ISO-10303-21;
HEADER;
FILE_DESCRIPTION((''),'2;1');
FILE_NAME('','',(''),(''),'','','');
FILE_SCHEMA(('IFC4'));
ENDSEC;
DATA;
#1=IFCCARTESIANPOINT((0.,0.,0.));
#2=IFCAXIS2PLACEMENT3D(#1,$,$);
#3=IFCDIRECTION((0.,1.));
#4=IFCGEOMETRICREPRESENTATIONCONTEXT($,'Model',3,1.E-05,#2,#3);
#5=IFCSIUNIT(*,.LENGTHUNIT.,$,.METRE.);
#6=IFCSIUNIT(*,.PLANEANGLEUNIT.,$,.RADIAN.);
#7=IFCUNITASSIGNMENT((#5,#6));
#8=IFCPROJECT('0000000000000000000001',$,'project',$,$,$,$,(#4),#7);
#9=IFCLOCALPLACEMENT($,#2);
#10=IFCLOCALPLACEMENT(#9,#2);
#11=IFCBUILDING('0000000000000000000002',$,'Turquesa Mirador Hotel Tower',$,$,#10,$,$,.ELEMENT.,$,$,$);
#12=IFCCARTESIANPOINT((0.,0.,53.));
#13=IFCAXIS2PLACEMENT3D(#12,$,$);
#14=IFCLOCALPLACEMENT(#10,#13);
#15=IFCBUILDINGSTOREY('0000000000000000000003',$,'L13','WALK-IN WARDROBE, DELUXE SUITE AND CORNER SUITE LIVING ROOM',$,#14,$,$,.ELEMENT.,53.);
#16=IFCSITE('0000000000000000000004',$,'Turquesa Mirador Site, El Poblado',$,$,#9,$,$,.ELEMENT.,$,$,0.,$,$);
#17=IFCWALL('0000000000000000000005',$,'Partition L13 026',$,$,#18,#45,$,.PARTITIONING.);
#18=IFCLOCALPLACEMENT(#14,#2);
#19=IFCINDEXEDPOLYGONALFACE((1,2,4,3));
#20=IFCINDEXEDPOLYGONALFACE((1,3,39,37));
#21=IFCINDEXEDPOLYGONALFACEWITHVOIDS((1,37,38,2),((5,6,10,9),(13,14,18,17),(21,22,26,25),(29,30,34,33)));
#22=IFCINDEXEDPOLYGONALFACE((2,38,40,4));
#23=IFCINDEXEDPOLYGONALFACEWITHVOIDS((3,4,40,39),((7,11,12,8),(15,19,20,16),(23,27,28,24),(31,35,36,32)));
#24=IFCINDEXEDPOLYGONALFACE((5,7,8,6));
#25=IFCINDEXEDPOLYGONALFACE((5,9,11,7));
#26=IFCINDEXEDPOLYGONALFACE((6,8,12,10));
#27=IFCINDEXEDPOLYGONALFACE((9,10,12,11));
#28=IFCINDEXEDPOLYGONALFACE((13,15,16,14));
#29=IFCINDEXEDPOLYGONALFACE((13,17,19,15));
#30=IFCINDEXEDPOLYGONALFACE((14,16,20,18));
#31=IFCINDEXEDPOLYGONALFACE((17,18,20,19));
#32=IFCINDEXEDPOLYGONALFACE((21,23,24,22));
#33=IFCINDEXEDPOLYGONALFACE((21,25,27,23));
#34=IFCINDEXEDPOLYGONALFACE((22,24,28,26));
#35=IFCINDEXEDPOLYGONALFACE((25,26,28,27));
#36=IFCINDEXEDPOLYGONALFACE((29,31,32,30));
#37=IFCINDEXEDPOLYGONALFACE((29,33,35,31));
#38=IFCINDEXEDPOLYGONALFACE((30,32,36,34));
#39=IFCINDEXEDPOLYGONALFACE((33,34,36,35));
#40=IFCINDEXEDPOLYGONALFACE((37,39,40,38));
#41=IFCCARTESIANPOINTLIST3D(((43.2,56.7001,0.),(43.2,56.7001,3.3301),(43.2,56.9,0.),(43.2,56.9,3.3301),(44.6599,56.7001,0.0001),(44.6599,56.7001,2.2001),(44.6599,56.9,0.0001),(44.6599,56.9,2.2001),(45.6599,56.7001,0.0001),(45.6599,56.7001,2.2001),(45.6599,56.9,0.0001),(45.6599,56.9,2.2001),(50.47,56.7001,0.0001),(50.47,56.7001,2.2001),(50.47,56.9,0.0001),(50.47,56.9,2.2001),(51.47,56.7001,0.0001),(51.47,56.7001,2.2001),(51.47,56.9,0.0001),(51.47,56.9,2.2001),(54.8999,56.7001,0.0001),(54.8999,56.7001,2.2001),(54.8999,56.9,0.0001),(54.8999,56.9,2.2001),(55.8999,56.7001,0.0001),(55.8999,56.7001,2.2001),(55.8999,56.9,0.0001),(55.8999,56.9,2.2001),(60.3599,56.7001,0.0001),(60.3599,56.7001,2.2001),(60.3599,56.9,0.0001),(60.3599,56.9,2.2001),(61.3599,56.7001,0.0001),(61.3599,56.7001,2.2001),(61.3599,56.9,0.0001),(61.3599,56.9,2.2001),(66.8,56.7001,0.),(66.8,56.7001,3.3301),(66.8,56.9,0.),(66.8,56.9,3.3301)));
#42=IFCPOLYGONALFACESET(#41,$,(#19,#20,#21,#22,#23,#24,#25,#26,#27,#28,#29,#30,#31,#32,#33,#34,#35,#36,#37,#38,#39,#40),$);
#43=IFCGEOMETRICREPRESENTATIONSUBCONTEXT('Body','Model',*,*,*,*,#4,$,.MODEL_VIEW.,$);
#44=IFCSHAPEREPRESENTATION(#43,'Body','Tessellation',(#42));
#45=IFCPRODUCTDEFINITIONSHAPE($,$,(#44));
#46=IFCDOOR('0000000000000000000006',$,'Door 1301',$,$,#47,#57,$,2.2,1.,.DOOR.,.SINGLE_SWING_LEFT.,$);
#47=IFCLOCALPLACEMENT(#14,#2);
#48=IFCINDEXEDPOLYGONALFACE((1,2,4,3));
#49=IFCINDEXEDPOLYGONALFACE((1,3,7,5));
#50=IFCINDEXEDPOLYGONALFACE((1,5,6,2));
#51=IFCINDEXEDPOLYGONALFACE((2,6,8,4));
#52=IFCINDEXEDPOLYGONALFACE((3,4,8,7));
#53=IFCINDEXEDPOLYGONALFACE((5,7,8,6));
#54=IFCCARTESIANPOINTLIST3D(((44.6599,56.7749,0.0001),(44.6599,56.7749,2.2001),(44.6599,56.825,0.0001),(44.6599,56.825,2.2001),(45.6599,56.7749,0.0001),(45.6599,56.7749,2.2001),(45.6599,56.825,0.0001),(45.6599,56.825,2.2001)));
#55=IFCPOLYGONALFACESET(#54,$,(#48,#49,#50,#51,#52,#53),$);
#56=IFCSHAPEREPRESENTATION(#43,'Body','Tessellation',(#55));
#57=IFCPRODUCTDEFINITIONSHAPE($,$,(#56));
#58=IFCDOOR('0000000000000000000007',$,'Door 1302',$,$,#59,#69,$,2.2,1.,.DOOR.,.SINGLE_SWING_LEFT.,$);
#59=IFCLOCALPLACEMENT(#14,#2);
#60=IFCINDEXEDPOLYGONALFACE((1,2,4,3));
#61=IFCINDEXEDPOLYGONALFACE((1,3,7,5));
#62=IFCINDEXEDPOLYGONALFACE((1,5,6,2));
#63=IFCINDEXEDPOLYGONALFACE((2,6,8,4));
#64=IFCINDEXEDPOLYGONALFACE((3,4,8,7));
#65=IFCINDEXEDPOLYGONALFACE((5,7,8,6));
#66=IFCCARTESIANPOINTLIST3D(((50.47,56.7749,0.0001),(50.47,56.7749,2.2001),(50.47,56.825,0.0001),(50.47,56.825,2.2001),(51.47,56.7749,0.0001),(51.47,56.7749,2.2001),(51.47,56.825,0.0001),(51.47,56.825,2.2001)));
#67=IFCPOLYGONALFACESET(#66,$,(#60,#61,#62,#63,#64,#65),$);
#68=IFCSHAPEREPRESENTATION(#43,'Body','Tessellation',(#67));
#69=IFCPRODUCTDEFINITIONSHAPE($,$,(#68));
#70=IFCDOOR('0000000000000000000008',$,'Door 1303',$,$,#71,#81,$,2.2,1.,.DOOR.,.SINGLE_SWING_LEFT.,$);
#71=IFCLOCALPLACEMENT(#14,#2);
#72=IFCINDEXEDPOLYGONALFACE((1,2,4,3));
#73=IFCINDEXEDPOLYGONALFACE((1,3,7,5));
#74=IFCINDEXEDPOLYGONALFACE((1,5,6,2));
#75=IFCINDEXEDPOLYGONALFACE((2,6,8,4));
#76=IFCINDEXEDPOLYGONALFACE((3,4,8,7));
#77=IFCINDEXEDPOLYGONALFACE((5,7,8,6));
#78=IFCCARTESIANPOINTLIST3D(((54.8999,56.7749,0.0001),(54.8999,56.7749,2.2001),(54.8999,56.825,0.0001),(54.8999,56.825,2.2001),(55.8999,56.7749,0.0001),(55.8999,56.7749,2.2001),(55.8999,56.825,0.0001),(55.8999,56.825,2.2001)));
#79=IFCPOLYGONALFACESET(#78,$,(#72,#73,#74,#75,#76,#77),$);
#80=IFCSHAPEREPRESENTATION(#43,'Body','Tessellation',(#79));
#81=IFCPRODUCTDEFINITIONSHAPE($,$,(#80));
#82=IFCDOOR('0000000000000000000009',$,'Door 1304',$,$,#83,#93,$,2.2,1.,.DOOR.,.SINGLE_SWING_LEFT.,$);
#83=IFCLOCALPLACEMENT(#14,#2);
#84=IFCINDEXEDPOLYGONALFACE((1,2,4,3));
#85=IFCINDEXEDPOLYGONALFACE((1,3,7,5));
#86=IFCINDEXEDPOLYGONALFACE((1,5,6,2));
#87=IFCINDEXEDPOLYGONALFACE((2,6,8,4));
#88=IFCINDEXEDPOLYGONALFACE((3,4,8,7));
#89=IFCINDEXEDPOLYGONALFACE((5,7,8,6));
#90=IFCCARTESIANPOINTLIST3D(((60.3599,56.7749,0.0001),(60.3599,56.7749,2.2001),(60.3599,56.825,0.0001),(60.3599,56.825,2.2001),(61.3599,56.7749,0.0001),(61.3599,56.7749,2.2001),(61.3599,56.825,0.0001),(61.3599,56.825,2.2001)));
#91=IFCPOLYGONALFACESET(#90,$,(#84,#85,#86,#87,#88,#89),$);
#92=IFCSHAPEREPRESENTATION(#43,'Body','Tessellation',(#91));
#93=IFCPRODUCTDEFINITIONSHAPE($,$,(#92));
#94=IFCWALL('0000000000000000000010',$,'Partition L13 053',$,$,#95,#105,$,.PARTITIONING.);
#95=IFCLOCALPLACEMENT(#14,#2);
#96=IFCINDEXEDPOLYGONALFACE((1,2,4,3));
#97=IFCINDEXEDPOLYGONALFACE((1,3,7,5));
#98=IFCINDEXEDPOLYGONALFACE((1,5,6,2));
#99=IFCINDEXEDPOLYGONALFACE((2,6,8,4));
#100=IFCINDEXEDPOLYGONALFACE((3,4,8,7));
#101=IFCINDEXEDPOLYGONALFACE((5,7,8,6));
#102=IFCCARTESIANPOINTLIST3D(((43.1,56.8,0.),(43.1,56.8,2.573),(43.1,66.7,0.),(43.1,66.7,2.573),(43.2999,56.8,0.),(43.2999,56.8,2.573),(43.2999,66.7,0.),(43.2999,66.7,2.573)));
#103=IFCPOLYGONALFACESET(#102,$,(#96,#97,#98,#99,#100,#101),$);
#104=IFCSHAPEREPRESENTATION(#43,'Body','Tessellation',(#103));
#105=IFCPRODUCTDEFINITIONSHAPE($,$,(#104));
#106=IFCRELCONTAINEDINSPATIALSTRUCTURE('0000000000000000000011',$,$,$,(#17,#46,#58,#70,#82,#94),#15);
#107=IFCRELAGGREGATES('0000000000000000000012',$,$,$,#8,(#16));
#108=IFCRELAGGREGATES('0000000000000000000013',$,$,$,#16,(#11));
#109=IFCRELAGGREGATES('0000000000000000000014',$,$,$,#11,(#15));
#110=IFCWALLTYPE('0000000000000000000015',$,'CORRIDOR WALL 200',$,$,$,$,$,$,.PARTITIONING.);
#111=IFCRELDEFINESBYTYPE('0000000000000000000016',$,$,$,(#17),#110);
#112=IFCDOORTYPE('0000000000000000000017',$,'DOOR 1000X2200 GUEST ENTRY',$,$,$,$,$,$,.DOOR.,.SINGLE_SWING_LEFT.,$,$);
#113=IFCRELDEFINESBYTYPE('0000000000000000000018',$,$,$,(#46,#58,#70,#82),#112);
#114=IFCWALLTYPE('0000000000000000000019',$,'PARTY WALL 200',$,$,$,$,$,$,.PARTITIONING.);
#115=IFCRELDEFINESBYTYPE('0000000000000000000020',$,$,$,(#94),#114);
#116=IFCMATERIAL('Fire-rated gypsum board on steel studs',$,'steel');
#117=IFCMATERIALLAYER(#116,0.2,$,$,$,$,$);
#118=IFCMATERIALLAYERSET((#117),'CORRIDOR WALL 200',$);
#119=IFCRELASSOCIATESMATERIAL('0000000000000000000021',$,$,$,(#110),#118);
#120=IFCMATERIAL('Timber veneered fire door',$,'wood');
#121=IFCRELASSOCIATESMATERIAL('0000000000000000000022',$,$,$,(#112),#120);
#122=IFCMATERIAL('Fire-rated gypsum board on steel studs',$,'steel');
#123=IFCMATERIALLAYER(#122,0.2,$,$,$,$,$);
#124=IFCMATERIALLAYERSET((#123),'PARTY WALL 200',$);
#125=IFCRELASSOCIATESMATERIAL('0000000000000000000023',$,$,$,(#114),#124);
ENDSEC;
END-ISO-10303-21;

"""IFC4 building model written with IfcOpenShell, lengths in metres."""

from ifc_helpers import new_model, si_unit, direction, frame, frame_2d, origin, place, context, subcontext, project, spatial, rectangle, extrude, material, layer, layer_set, type_object, element, fill, save


model = new_model("IFC4")

# Units and contexts
model_context = context("Model", 3, precision=1e-05, world=origin(), true_north=direction((0.0, 1.0)))
body_context = subcontext(model_context, "Body", "Model", "MODEL_VIEW")
ifc_project = project(units=[si_unit("LENGTHUNIT", "METRE"), si_unit("PLANEANGLEUNIT", "RADIAN")], contexts=[model_context])

# Site, building, storey
site_placement = place(None, origin())
site = spatial("IfcSite", under=ifc_project, at=site_placement, Name="Turquesa Mirador Site, El Poblado", CompositionType="ELEMENT", RefElevation=0.0)
building_placement = place(site_placement, origin())
building = spatial("IfcBuilding", under=site, at=building_placement, Name="Turquesa Mirador Hotel Tower", CompositionType="ELEMENT")
storey_placement = place(building_placement, frame((0.0, 0.0, 53.0)))
storey = spatial("IfcBuildingStorey", under=building, at=storey_placement, Name="L13", Description="WALK-IN WARDROBE, DELUXE SUITE AND CORNER SUITE LIVING ROOM", CompositionType="ELEMENT", Elevation=53.0)

# Wall, openings, doors
ifc_material_1 = material(Name="Fire-rated gypsum board on steel studs", Category="steel")
ifc_layer_1 = layer(ifc_material_1, 0.2)
ifc_layer_set_1 = layer_set([ifc_layer_1], Name="CORRIDOR WALL 200")
wall_type_1 = type_object("IfcWallType", Name="CORRIDOR WALL 200", PredefinedType="PARTITIONING", material=ifc_layer_set_1)
wall_1_placement = place(storey_placement, frame((43.2, 56.8, 0.0), z_axis=(0.0, 0.0, 1.0), x_axis=(1.0, 0.0, 0.0)))
wall_1 = element("IfcWall", 1, at=wall_1_placement, inside=storey, type_object=wall_type_1, Name="Partition L13 026", PredefinedType="PARTITIONING", context=body_context, shape_type="SweptSolid", body=[
    extrude(rectangle(XDim=23.6001, YDim=0.2, at=frame_2d((11.8, 0.0))), origin(), (0.0, 0.0, 1.0), 3.3301),
])
opening_1_placement = place(wall_1_placement, frame((1.46, 0.0, 0.0)))
opening_1 = element("IfcOpeningElement", 2, at=opening_1_placement, cuts=wall_1, PredefinedType="OPENING", context=body_context, shape_type="SweptSolid", body=[
    extrude(rectangle(XDim=1.0, YDim=2.2, at=frame_2d((0.5, 1.1001))), frame((0.0, 0.1099, 0.0), z_axis=(0.0, -1.0, 0.0), x_axis=(1.0, 0.0, 0.0)), (0.0, 0.0, 1.0), 0.22),
])
opening_2_placement = place(wall_1_placement, frame((7.27, 0.0, 0.0)))
opening_2 = element("IfcOpeningElement", 3, at=opening_2_placement, cuts=wall_1, PredefinedType="OPENING", context=body_context, shape_type="SweptSolid", body=[
    extrude(rectangle(XDim=1.0, YDim=2.2, at=frame_2d((0.5, 1.1001))), frame((0.0, 0.1099, 0.0), z_axis=(0.0, -1.0, 0.0), x_axis=(1.0, 0.0, 0.0)), (0.0, 0.0, 1.0), 0.22),
])
opening_3_placement = place(wall_1_placement, frame((11.7, 0.0, 0.0)))
opening_3 = element("IfcOpeningElement", 4, at=opening_3_placement, cuts=wall_1, PredefinedType="OPENING", context=body_context, shape_type="SweptSolid", body=[
    extrude(rectangle(XDim=1.0, YDim=2.2, at=frame_2d((0.5, 1.1001))), frame((0.0, 0.1099, 0.0), z_axis=(0.0, -1.0, 0.0), x_axis=(1.0, 0.0, 0.0)), (0.0, 0.0, 1.0), 0.22),
])
opening_4_placement = place(wall_1_placement, frame((17.1599, 0.0, 0.0)))
opening_4 = element("IfcOpeningElement", 5, at=opening_4_placement, cuts=wall_1, PredefinedType="OPENING", context=body_context, shape_type="SweptSolid", body=[
    extrude(rectangle(XDim=1.0, YDim=2.2, at=frame_2d((0.5, 1.1001))), frame((0.0, 0.1099, 0.0), z_axis=(0.0, -1.0, 0.0), x_axis=(1.0, 0.0, 0.0)), (0.0, 0.0, 1.0), 0.22),
])
ifc_material_2 = material(Name="Timber veneered fire door", Category="wood")
door_type_1 = type_object("IfcDoorType", Name="DOOR 1000X2200 GUEST ENTRY", OperationType="SINGLE_SWING_LEFT", PredefinedType="DOOR", material=ifc_material_2)
door_1_placement = place(opening_1_placement, origin())
door_1 = element("IfcDoor", 6, at=door_1_placement, inside=storey, type_object=door_type_1, Name="Door 1301", OperationType="SINGLE_SWING_LEFT", OverallHeight=2.2, OverallWidth=1.0, PredefinedType="DOOR", context=body_context, shape_type="SweptSolid", body=[
    extrude(rectangle(XDim=1.0, YDim=2.2, at=frame_2d((0.5, 1.1001))), frame((0.0, 0.0249, 0.0), z_axis=(0.0, -1.0, 0.0), x_axis=(1.0, 0.0, 0.0)), (0.0, 0.0, 1.0), 0.05),
])
fill(opening_1, door_1)
door_2_placement = place(opening_2_placement, origin())
door_2 = element("IfcDoor", 7, at=door_2_placement, inside=storey, type_object=door_type_1, Name="Door 1302", OperationType="SINGLE_SWING_LEFT", OverallHeight=2.2, OverallWidth=1.0, PredefinedType="DOOR", context=body_context, shape_type="SweptSolid", body=[
    extrude(rectangle(XDim=1.0, YDim=2.2, at=frame_2d((0.5, 1.1001))), frame((0.0, 0.0249, 0.0), z_axis=(0.0, -1.0, 0.0), x_axis=(1.0, 0.0, 0.0)), (0.0, 0.0, 1.0), 0.05),
])
fill(opening_2, door_2)
door_3_placement = place(opening_3_placement, origin())
door_3 = element("IfcDoor", 8, at=door_3_placement, inside=storey, type_object=door_type_1, Name="Door 1303", OperationType="SINGLE_SWING_LEFT", OverallHeight=2.2, OverallWidth=1.0, PredefinedType="DOOR", context=body_context, shape_type="SweptSolid", body=[
    extrude(rectangle(XDim=1.0, YDim=2.2, at=frame_2d((0.5, 1.1001))), frame((0.0, 0.0249, 0.0), z_axis=(0.0, -1.0, 0.0), x_axis=(1.0, 0.0, 0.0)), (0.0, 0.0, 1.0), 0.05),
])
fill(opening_3, door_3)
door_4_placement = place(opening_4_placement, origin())
door_4 = element("IfcDoor", 9, at=door_4_placement, inside=storey, type_object=door_type_1, Name="Door 1304", OperationType="SINGLE_SWING_LEFT", OverallHeight=2.2, OverallWidth=1.0, PredefinedType="DOOR", context=body_context, shape_type="SweptSolid", body=[
    extrude(rectangle(XDim=1.0, YDim=2.2, at=frame_2d((0.5, 1.1001))), frame((0.0, 0.0249, 0.0), z_axis=(0.0, -1.0, 0.0), x_axis=(1.0, 0.0, 0.0)), (0.0, 0.0, 1.0), 0.05),
])
fill(opening_4, door_4)

# Wall
ifc_material_3 = material(Name="Fire-rated gypsum board on steel studs", Category="steel")
ifc_layer_2 = layer(ifc_material_3, 0.2)
ifc_layer_set_2 = layer_set([ifc_layer_2], Name="PARTY WALL 200")
wall_type_2 = type_object("IfcWallType", Name="PARTY WALL 200", PredefinedType="PARTITIONING", material=ifc_layer_set_2)
wall_2_placement = place(storey_placement, frame((43.2, 56.8, 0.0), z_axis=(0.0, 0.0, 1.0), x_axis=(0.0, 1.0, 0.0)))
element("IfcWall", 10, at=wall_2_placement, inside=storey, type_object=wall_type_2, Name="Partition L13 053", PredefinedType="PARTITIONING", context=body_context, shape_type="SweptSolid", body=[
    extrude(rectangle(XDim=9.8999, YDim=0.2, at=frame_2d((4.95, 0.0))), origin(), (0.0, 0.0, 1.0), 2.573),
])

save(model, "model.ifc")
